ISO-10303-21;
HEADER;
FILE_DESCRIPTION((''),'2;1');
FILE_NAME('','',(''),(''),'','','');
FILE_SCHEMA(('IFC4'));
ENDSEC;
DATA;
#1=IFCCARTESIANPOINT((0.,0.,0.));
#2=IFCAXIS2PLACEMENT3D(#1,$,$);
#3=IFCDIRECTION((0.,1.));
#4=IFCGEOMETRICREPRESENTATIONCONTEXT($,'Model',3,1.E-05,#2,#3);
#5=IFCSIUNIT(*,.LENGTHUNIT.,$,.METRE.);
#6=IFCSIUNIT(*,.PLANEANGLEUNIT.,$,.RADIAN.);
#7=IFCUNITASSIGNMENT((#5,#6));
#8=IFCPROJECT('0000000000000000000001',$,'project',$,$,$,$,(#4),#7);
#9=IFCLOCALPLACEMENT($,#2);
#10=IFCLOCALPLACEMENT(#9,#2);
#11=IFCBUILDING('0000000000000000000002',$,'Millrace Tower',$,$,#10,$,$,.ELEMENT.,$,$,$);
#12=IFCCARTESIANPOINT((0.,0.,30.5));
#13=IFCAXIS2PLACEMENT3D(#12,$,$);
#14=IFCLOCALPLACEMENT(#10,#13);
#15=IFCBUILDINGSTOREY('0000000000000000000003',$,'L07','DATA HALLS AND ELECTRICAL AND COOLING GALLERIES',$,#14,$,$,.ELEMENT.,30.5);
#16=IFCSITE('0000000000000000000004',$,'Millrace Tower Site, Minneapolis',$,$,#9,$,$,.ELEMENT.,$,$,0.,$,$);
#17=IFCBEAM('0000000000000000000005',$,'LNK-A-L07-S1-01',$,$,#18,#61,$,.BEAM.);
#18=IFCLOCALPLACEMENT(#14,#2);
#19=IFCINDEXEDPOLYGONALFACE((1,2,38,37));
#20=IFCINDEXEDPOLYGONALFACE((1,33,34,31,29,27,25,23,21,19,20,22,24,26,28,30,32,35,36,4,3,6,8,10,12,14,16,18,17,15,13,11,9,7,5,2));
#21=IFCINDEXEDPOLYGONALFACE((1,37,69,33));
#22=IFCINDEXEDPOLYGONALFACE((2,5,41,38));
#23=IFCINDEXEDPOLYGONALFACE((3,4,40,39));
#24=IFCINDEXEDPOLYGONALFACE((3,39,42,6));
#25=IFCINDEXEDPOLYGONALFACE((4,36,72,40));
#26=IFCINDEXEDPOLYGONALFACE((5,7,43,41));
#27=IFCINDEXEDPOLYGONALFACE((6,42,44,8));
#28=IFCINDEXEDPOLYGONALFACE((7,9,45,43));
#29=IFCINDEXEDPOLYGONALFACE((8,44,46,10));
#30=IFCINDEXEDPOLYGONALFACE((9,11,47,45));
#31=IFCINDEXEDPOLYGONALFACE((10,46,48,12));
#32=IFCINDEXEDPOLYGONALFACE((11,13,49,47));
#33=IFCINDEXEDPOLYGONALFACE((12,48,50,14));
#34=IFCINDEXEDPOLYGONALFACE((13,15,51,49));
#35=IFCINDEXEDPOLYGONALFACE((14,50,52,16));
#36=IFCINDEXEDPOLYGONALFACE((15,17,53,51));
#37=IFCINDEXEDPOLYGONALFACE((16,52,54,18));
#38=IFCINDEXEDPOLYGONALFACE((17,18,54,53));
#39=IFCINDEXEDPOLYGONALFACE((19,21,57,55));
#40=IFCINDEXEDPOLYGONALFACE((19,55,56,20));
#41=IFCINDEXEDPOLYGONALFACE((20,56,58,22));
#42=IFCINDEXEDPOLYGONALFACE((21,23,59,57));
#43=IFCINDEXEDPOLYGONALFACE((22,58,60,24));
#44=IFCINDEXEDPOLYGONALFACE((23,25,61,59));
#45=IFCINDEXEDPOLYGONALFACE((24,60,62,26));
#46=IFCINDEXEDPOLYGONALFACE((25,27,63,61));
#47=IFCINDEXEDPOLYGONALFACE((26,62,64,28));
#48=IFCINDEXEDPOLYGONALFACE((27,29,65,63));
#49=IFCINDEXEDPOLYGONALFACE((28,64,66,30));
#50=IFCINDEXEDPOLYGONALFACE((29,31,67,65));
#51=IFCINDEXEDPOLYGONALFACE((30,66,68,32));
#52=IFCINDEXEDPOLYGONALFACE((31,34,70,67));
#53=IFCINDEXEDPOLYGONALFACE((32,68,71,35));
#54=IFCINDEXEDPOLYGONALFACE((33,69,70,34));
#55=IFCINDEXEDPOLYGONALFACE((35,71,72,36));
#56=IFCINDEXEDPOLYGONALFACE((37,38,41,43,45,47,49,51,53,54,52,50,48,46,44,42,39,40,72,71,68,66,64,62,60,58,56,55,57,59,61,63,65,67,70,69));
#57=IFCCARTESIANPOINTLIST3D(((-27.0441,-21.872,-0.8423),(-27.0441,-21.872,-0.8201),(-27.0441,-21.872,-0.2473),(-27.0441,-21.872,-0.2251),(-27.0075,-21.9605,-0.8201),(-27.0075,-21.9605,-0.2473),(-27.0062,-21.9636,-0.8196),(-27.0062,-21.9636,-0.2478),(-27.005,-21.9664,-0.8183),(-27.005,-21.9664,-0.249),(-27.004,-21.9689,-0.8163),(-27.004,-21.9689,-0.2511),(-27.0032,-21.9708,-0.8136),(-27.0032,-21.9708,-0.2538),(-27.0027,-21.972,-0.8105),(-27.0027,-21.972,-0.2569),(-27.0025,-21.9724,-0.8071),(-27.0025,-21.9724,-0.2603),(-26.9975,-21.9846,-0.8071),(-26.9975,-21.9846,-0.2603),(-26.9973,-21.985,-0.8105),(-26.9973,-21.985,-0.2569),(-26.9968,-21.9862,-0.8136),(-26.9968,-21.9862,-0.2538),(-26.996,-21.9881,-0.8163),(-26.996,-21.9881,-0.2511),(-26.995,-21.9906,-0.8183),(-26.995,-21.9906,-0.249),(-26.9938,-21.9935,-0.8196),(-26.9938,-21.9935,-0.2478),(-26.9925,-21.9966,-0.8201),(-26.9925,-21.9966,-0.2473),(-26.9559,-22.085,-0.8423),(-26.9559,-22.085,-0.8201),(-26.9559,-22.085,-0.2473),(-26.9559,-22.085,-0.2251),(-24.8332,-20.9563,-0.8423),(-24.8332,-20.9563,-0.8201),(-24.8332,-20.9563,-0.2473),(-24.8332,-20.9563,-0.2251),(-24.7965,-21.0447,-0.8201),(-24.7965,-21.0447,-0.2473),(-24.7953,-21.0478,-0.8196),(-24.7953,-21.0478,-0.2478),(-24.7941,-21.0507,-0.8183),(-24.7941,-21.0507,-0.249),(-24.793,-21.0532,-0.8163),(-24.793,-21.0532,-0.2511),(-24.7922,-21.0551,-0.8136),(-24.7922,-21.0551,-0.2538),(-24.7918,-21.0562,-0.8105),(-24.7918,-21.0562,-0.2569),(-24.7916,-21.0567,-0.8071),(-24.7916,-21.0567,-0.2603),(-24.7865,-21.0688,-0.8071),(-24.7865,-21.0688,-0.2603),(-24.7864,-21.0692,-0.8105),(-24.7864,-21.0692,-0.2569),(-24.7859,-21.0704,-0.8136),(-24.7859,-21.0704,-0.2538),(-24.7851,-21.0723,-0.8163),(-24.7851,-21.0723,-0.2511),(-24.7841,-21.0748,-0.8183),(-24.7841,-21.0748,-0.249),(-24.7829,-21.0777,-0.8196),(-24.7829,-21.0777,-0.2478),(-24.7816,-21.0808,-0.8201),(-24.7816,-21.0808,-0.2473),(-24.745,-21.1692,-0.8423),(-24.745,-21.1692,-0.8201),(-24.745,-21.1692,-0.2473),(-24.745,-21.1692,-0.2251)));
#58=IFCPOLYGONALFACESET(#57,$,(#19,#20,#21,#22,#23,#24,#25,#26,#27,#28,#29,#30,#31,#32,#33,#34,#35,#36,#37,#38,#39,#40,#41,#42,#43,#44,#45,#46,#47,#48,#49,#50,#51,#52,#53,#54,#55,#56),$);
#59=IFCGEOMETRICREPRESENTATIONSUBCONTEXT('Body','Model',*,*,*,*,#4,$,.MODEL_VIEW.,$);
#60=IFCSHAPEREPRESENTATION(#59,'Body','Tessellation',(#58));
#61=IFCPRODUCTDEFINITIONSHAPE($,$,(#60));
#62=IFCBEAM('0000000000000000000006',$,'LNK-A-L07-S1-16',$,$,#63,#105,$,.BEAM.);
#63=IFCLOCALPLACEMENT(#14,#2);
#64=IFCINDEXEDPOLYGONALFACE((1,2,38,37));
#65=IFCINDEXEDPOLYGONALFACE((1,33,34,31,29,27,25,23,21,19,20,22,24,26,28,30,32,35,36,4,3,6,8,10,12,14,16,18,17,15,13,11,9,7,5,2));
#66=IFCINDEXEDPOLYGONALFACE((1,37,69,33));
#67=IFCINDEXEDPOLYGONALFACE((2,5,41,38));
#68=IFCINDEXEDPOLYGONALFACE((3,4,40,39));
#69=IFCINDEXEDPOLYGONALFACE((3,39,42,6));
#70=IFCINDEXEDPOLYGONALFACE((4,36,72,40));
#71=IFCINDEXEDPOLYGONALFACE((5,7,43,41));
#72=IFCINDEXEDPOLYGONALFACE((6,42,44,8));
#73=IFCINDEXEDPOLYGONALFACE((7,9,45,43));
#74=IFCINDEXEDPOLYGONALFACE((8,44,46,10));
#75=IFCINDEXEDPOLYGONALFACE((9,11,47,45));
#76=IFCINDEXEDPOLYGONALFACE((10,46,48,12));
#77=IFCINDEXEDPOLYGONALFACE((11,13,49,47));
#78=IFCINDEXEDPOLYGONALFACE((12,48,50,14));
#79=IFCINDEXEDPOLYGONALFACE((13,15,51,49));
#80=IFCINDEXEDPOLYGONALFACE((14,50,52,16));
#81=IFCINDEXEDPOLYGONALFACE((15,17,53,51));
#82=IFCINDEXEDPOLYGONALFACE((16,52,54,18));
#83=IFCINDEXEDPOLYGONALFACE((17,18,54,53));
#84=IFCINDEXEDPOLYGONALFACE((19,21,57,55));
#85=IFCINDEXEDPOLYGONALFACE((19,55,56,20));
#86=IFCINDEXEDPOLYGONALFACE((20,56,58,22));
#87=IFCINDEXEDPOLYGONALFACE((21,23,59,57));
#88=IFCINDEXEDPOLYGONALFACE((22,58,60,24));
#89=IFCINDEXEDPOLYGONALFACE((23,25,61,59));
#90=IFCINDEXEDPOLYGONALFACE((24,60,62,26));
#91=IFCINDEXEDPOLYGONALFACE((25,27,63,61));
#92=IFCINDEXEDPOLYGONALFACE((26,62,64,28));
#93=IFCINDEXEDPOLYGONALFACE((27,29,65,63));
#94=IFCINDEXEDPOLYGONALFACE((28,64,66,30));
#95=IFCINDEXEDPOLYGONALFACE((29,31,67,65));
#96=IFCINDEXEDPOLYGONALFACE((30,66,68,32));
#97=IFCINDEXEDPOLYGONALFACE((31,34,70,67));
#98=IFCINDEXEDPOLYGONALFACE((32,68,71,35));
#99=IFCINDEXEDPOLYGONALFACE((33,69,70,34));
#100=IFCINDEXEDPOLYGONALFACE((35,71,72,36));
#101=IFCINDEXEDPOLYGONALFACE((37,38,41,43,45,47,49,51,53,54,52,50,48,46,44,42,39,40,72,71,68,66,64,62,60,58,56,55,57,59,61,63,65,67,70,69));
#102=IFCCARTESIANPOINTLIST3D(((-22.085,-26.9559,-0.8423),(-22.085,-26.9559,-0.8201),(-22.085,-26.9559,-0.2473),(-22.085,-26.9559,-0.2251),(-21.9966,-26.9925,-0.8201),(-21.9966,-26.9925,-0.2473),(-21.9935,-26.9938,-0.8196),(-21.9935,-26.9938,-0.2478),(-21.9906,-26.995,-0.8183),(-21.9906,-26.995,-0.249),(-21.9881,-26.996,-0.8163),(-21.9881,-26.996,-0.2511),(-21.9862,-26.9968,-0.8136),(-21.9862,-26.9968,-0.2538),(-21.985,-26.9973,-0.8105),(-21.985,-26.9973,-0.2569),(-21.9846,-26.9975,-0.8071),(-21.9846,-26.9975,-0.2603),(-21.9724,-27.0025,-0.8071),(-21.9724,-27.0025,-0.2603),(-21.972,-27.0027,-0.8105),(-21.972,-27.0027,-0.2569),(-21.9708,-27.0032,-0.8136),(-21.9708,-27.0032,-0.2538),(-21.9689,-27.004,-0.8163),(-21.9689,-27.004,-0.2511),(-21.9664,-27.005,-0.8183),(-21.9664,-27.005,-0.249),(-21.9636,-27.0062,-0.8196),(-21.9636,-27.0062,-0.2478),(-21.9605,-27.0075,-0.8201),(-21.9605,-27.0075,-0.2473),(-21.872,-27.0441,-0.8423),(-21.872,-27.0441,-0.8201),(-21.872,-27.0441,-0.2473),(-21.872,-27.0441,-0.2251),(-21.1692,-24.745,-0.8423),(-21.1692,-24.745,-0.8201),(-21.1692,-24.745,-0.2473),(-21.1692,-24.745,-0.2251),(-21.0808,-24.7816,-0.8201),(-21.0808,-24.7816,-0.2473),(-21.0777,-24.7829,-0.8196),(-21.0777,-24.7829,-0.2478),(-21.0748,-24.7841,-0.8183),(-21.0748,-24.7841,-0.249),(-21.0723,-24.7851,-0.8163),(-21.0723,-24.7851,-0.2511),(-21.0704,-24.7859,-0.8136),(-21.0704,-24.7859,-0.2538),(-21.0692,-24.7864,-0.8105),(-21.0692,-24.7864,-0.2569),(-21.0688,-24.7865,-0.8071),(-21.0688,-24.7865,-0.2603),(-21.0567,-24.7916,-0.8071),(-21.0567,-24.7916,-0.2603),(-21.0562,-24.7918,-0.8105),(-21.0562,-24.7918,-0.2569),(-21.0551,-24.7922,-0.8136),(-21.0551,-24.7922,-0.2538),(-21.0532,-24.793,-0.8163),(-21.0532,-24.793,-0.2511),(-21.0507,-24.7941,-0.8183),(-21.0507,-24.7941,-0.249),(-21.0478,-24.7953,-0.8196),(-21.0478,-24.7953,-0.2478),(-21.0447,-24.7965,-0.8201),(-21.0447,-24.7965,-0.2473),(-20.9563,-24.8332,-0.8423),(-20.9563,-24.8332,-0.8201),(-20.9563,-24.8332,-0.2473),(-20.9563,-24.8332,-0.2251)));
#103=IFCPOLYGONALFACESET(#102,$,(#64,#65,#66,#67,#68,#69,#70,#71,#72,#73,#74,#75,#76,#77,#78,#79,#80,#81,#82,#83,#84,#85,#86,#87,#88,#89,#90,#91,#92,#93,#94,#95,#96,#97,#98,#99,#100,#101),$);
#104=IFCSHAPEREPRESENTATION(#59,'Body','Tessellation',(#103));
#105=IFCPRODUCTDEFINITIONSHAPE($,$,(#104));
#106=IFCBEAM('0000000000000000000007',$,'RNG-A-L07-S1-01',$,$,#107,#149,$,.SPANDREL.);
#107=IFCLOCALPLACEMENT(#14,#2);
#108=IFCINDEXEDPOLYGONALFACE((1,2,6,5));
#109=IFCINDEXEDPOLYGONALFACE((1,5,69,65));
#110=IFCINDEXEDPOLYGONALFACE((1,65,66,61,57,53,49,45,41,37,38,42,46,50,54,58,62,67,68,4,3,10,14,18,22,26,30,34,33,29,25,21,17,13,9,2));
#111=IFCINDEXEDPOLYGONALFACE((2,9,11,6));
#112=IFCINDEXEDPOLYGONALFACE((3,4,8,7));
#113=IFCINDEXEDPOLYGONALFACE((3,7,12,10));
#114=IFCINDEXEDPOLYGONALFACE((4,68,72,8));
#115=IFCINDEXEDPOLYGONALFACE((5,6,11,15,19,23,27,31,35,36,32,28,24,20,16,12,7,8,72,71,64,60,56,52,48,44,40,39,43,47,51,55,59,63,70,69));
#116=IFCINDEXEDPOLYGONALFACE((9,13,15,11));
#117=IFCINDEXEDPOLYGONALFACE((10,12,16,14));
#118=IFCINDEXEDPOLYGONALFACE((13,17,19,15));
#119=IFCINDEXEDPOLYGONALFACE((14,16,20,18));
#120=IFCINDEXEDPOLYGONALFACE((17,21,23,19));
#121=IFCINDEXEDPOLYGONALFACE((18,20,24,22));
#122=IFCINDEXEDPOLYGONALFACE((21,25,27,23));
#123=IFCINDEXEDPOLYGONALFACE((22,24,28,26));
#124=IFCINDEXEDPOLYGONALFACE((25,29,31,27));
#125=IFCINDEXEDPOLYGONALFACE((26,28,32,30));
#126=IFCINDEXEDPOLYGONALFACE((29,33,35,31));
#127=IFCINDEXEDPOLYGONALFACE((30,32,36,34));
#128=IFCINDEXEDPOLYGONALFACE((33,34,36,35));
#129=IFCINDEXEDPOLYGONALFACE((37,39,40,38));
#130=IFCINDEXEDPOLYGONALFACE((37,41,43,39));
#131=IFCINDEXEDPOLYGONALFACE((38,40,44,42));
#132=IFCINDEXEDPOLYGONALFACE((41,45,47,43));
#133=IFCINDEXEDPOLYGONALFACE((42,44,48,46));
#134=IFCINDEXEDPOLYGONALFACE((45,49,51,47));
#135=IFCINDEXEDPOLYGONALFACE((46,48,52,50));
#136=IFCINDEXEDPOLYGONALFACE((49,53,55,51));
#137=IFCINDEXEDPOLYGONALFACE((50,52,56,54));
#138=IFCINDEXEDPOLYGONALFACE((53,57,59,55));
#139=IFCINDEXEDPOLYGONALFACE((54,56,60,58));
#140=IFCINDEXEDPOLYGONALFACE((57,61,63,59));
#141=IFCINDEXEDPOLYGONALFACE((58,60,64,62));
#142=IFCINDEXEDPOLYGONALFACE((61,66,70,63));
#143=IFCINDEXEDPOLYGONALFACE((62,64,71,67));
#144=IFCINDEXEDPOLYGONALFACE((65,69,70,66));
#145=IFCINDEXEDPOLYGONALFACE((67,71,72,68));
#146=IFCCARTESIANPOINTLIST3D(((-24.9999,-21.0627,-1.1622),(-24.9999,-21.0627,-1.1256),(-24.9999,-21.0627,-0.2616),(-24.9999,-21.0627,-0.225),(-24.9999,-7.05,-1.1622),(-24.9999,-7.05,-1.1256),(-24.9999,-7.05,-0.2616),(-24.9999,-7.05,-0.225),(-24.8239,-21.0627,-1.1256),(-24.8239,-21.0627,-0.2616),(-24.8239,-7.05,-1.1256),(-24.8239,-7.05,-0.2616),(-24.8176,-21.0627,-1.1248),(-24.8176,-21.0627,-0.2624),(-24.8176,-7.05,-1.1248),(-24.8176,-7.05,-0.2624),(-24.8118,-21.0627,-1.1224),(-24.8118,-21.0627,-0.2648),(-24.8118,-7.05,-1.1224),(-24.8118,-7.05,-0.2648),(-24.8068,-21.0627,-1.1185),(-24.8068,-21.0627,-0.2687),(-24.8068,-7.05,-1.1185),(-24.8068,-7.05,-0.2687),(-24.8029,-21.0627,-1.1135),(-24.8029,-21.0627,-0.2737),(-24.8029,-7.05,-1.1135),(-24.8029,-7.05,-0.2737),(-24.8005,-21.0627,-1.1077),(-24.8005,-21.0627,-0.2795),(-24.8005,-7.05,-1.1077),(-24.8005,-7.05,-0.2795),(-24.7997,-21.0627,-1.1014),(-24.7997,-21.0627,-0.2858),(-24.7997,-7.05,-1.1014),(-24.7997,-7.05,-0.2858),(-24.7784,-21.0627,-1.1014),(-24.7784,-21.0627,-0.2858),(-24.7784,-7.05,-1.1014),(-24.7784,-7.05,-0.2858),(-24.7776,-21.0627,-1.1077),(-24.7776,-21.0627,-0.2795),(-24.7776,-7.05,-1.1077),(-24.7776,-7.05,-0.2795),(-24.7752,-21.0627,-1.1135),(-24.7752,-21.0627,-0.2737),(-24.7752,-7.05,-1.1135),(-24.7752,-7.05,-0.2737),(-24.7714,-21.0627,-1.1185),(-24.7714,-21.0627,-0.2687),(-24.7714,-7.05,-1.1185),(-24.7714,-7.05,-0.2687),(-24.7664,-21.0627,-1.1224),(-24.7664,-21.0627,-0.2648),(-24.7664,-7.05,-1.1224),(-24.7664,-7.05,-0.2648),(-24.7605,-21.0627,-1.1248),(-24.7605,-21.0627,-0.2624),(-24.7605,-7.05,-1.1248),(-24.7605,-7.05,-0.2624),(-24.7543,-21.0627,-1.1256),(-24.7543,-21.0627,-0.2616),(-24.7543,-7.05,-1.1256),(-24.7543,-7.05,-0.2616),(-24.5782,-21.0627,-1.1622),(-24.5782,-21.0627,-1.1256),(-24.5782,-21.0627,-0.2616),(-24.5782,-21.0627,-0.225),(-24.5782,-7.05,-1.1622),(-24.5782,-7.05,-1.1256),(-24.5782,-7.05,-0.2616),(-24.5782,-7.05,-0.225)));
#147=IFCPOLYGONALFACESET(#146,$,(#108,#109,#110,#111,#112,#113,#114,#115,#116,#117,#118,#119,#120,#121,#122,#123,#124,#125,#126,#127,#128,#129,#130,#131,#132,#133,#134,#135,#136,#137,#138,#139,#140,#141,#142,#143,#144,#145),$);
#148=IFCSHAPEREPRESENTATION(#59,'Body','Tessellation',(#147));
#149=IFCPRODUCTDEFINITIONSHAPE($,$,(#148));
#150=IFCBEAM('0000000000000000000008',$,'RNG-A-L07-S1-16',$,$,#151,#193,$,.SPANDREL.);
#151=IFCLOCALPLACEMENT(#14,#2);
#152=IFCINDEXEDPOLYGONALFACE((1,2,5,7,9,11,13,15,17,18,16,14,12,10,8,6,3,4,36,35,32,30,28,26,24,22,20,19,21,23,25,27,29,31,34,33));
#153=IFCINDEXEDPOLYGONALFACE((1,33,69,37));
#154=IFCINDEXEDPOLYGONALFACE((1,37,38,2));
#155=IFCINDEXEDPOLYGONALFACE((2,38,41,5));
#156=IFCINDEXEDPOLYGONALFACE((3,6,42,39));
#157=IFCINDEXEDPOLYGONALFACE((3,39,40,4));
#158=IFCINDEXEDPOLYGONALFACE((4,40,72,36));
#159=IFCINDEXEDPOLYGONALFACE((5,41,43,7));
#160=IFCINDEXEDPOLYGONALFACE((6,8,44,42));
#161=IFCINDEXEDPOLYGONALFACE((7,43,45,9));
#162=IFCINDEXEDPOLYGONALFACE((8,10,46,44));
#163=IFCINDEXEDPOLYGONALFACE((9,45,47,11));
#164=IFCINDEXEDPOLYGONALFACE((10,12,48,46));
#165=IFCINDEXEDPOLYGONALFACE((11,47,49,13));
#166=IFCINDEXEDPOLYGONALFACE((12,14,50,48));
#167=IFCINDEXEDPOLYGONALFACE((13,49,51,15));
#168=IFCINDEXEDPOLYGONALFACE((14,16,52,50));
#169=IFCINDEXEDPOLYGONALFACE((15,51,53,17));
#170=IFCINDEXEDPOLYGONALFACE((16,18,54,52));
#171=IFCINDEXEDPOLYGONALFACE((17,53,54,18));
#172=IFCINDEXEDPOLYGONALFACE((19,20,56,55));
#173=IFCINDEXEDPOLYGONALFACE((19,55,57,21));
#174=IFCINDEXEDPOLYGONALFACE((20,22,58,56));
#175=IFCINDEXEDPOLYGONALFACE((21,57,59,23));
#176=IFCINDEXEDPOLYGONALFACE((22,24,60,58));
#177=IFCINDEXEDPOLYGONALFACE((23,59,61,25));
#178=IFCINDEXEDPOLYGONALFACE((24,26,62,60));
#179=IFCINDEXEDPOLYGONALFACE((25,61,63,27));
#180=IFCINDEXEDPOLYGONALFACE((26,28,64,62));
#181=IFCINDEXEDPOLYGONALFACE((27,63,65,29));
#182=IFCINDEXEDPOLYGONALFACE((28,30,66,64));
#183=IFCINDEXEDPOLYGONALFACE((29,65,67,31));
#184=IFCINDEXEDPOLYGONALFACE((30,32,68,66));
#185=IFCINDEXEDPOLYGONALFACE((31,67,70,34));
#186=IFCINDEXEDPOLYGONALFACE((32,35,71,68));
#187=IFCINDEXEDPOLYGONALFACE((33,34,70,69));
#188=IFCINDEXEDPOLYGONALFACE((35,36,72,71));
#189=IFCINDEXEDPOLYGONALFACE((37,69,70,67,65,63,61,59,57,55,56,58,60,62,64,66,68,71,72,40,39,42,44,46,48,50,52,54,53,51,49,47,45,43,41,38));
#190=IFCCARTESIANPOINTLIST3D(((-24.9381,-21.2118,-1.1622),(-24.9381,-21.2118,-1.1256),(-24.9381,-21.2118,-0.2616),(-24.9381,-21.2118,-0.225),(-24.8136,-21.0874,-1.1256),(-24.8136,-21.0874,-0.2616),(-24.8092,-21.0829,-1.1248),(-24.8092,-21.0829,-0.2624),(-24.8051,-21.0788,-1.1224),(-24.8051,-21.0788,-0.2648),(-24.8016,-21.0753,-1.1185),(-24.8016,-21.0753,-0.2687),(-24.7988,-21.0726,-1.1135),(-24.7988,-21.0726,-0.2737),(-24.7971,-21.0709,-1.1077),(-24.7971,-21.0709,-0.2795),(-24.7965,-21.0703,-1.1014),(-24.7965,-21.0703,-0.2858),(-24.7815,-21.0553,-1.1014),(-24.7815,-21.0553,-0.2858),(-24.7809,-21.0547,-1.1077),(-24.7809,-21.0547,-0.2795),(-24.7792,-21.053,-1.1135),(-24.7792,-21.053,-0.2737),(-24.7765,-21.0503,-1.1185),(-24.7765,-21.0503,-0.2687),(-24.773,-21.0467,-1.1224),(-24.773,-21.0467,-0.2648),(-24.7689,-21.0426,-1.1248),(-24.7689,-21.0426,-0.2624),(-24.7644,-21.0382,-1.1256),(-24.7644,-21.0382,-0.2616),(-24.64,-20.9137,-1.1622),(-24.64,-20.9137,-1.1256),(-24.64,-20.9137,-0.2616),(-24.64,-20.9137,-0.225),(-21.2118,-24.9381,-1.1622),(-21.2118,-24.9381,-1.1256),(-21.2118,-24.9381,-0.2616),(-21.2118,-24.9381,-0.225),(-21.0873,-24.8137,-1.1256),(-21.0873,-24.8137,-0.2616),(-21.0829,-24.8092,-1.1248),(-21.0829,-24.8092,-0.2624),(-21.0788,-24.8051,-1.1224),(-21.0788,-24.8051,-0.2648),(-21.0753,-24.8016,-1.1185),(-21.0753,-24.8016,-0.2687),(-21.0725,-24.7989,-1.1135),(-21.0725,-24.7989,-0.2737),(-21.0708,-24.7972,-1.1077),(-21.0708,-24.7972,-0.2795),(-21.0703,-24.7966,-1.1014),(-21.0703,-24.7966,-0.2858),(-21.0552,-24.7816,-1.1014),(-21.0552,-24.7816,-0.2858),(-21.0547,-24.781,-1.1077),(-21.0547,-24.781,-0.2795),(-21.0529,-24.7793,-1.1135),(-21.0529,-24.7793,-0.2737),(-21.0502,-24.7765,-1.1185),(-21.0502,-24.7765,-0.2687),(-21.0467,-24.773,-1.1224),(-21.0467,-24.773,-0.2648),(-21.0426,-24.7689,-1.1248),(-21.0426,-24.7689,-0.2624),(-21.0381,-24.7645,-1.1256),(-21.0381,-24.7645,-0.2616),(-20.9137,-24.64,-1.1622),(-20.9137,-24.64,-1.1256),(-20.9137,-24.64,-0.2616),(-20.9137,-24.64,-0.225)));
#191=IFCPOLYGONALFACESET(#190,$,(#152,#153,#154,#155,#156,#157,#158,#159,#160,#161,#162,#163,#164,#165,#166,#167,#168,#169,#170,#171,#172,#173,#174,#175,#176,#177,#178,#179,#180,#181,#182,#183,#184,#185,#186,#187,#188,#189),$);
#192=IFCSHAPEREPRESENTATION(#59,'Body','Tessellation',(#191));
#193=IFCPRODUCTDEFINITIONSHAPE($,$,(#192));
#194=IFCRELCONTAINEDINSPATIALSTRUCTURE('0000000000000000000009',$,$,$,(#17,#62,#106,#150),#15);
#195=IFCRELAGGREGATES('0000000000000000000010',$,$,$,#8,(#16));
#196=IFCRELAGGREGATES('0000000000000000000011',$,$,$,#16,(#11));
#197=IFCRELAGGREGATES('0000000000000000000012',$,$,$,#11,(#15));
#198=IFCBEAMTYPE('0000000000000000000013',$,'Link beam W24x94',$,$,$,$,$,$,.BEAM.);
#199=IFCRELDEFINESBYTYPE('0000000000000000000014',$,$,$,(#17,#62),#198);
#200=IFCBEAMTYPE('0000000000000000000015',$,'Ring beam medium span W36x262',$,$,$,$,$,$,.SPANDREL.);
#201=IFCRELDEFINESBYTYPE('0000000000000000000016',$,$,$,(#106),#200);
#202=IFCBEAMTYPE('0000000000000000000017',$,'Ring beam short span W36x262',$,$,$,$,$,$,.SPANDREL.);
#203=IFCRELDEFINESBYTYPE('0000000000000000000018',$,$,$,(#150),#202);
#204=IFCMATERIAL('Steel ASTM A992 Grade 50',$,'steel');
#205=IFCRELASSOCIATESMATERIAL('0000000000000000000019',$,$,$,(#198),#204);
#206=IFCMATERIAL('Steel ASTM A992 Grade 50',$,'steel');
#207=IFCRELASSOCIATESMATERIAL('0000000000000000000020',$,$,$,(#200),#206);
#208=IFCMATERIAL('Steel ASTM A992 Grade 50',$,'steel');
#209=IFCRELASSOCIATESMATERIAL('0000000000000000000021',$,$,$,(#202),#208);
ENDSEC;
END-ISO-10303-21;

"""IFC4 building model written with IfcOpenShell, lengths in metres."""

from ifc_helpers import new_model, si_unit, direction, frame, origin, origin_2d, place, context, subcontext, project, spatial, i_section, extrude, material, material_profile, profile_set, type_object, element, save


model = new_model("IFC4")

# Units and contexts
model_context = context("Model", 3, precision=1e-05, world=origin(), true_north=direction((0.0, 1.0)))
body_context = subcontext(model_context, "Body", "Model", "MODEL_VIEW")
ifc_project = project(units=[si_unit("LENGTHUNIT", "METRE"), si_unit("PLANEANGLEUNIT", "RADIAN")], contexts=[model_context])

# Site, building, storey
site_placement = place(None, origin())
site = spatial("IfcSite", under=ifc_project, at=site_placement, Name="Millrace Tower Site, Minneapolis", CompositionType="ELEMENT", RefElevation=0.0)
building_placement = place(site_placement, origin())
building = spatial("IfcBuilding", under=site, at=building_placement, Name="Millrace Tower", CompositionType="ELEMENT")
storey_placement = place(building_placement, frame((0.0, 0.0, 30.5)))
storey = spatial("IfcBuildingStorey", under=building, at=storey_placement, Name="L07", Description="DATA HALLS AND ELECTRICAL AND COOLING GALLERIES", CompositionType="ELEMENT", Elevation=30.5)

# Beams
ifc_material_1 = material(Name="Steel ASTM A992 Grade 50", Category="steel")
ifc_material_profile_1 = material_profile(ifc_material_1, i_section(OverallWidth=0.2305, OverallDepth=0.6172, WebThickness=0.0132, FlangeThickness=0.0222, FilletRadius=0.0129, at=origin_2d()))
ifc_profile_set_1 = profile_set([ifc_material_profile_1], Name="Steel ASTM A992 Grade 50")
beam_type_1 = type_object("IfcBeamType", Name="Link beam W24x94", PredefinedType="BEAM", material=ifc_profile_set_1)
for number, where, z_axis, x_axis, name in (
    (1, (-24.7891, -21.0627, -0.5337), (-0.923884, -0.382673, 0.0), (0.382673, -0.923884, 0.0), "LNK-A-L07-S1-01"),
    (2, (-21.0627, -24.7891, -0.5337), (-0.382673, -0.923884, 0.0), (0.923884, -0.382673, 0.0), "LNK-A-L07-S1-16"),
):
    element("IfcBeam", number, at=place(storey_placement, frame(where, z_axis=z_axis, x_axis=x_axis)), inside=storey, type_object=beam_type_1, Name=name, PredefinedType="BEAM", context=body_context, shape_type="SweptSolid", body=[
        extrude(i_section(OverallWidth=0.2305, OverallDepth=0.6172, WebThickness=0.0132, FlangeThickness=0.0222, FilletRadius=0.0129, at=origin_2d()), origin(), (0.0, 0.0, 1.0), 2.3931),
    ])
ifc_material_2 = material(Name="Steel ASTM A992 Grade 50", Category="steel")
ifc_material_profile_2 = material_profile(ifc_material_2, i_section(OverallWidth=0.4216, OverallDepth=0.9373, WebThickness=0.0212, FlangeThickness=0.0366, FilletRadius=0.0242, at=origin_2d()))
ifc_profile_set_2 = profile_set([ifc_material_profile_2], Name="Steel ASTM A992 Grade 50")
beam_type_2 = type_object("IfcBeamType", Name="Ring beam medium span W36x262", PredefinedType="SPANDREL", material=ifc_profile_set_2)
beam_1_placement = place(storey_placement, frame((-24.7891, -21.0627, -0.6936), z_axis=(0.0, 1.0, 0.0), x_axis=(-1.0, 0.0, 0.0)))
element("IfcBeam", 3, at=beam_1_placement, inside=storey, type_object=beam_type_2, Name="RNG-A-L07-S1-01", PredefinedType="SPANDREL", context=body_context, shape_type="SweptSolid", body=[
    extrude(i_section(OverallWidth=0.4216, OverallDepth=0.9373, WebThickness=0.0212, FlangeThickness=0.0366, FilletRadius=0.0242, at=origin_2d()), origin(), (0.0, 0.0, 1.0), 14.0127),
])
ifc_material_3 = material(Name="Steel ASTM A992 Grade 50", Category="steel")
ifc_material_profile_3 = material_profile(ifc_material_3, i_section(OverallWidth=0.4216, OverallDepth=0.9373, WebThickness=0.0212, FlangeThickness=0.0366, FilletRadius=0.0242, at=origin_2d()))
ifc_profile_set_3 = profile_set([ifc_material_profile_3], Name="Steel ASTM A992 Grade 50")
beam_type_3 = type_object("IfcBeamType", Name="Ring beam short span W36x262", PredefinedType="SPANDREL", material=ifc_profile_set_3)
beam_2_placement = place(storey_placement, frame((-21.0627, -24.7891, -0.6936), z_axis=(-0.707107, 0.707107, 0.0), x_axis=(-0.707107, -0.707107, 0.0)))
element("IfcBeam", 4, at=beam_2_placement, inside=storey, type_object=beam_type_3, Name="RNG-A-L07-S1-16", PredefinedType="SPANDREL", context=body_context, shape_type="SweptSolid", body=[
    extrude(i_section(OverallWidth=0.4216, OverallDepth=0.9373, WebThickness=0.0212, FlangeThickness=0.0366, FilletRadius=0.0242, at=origin_2d()), origin(), (0.0, 0.0, 1.0), 5.2698),
])

save(model, "model.ifc")
